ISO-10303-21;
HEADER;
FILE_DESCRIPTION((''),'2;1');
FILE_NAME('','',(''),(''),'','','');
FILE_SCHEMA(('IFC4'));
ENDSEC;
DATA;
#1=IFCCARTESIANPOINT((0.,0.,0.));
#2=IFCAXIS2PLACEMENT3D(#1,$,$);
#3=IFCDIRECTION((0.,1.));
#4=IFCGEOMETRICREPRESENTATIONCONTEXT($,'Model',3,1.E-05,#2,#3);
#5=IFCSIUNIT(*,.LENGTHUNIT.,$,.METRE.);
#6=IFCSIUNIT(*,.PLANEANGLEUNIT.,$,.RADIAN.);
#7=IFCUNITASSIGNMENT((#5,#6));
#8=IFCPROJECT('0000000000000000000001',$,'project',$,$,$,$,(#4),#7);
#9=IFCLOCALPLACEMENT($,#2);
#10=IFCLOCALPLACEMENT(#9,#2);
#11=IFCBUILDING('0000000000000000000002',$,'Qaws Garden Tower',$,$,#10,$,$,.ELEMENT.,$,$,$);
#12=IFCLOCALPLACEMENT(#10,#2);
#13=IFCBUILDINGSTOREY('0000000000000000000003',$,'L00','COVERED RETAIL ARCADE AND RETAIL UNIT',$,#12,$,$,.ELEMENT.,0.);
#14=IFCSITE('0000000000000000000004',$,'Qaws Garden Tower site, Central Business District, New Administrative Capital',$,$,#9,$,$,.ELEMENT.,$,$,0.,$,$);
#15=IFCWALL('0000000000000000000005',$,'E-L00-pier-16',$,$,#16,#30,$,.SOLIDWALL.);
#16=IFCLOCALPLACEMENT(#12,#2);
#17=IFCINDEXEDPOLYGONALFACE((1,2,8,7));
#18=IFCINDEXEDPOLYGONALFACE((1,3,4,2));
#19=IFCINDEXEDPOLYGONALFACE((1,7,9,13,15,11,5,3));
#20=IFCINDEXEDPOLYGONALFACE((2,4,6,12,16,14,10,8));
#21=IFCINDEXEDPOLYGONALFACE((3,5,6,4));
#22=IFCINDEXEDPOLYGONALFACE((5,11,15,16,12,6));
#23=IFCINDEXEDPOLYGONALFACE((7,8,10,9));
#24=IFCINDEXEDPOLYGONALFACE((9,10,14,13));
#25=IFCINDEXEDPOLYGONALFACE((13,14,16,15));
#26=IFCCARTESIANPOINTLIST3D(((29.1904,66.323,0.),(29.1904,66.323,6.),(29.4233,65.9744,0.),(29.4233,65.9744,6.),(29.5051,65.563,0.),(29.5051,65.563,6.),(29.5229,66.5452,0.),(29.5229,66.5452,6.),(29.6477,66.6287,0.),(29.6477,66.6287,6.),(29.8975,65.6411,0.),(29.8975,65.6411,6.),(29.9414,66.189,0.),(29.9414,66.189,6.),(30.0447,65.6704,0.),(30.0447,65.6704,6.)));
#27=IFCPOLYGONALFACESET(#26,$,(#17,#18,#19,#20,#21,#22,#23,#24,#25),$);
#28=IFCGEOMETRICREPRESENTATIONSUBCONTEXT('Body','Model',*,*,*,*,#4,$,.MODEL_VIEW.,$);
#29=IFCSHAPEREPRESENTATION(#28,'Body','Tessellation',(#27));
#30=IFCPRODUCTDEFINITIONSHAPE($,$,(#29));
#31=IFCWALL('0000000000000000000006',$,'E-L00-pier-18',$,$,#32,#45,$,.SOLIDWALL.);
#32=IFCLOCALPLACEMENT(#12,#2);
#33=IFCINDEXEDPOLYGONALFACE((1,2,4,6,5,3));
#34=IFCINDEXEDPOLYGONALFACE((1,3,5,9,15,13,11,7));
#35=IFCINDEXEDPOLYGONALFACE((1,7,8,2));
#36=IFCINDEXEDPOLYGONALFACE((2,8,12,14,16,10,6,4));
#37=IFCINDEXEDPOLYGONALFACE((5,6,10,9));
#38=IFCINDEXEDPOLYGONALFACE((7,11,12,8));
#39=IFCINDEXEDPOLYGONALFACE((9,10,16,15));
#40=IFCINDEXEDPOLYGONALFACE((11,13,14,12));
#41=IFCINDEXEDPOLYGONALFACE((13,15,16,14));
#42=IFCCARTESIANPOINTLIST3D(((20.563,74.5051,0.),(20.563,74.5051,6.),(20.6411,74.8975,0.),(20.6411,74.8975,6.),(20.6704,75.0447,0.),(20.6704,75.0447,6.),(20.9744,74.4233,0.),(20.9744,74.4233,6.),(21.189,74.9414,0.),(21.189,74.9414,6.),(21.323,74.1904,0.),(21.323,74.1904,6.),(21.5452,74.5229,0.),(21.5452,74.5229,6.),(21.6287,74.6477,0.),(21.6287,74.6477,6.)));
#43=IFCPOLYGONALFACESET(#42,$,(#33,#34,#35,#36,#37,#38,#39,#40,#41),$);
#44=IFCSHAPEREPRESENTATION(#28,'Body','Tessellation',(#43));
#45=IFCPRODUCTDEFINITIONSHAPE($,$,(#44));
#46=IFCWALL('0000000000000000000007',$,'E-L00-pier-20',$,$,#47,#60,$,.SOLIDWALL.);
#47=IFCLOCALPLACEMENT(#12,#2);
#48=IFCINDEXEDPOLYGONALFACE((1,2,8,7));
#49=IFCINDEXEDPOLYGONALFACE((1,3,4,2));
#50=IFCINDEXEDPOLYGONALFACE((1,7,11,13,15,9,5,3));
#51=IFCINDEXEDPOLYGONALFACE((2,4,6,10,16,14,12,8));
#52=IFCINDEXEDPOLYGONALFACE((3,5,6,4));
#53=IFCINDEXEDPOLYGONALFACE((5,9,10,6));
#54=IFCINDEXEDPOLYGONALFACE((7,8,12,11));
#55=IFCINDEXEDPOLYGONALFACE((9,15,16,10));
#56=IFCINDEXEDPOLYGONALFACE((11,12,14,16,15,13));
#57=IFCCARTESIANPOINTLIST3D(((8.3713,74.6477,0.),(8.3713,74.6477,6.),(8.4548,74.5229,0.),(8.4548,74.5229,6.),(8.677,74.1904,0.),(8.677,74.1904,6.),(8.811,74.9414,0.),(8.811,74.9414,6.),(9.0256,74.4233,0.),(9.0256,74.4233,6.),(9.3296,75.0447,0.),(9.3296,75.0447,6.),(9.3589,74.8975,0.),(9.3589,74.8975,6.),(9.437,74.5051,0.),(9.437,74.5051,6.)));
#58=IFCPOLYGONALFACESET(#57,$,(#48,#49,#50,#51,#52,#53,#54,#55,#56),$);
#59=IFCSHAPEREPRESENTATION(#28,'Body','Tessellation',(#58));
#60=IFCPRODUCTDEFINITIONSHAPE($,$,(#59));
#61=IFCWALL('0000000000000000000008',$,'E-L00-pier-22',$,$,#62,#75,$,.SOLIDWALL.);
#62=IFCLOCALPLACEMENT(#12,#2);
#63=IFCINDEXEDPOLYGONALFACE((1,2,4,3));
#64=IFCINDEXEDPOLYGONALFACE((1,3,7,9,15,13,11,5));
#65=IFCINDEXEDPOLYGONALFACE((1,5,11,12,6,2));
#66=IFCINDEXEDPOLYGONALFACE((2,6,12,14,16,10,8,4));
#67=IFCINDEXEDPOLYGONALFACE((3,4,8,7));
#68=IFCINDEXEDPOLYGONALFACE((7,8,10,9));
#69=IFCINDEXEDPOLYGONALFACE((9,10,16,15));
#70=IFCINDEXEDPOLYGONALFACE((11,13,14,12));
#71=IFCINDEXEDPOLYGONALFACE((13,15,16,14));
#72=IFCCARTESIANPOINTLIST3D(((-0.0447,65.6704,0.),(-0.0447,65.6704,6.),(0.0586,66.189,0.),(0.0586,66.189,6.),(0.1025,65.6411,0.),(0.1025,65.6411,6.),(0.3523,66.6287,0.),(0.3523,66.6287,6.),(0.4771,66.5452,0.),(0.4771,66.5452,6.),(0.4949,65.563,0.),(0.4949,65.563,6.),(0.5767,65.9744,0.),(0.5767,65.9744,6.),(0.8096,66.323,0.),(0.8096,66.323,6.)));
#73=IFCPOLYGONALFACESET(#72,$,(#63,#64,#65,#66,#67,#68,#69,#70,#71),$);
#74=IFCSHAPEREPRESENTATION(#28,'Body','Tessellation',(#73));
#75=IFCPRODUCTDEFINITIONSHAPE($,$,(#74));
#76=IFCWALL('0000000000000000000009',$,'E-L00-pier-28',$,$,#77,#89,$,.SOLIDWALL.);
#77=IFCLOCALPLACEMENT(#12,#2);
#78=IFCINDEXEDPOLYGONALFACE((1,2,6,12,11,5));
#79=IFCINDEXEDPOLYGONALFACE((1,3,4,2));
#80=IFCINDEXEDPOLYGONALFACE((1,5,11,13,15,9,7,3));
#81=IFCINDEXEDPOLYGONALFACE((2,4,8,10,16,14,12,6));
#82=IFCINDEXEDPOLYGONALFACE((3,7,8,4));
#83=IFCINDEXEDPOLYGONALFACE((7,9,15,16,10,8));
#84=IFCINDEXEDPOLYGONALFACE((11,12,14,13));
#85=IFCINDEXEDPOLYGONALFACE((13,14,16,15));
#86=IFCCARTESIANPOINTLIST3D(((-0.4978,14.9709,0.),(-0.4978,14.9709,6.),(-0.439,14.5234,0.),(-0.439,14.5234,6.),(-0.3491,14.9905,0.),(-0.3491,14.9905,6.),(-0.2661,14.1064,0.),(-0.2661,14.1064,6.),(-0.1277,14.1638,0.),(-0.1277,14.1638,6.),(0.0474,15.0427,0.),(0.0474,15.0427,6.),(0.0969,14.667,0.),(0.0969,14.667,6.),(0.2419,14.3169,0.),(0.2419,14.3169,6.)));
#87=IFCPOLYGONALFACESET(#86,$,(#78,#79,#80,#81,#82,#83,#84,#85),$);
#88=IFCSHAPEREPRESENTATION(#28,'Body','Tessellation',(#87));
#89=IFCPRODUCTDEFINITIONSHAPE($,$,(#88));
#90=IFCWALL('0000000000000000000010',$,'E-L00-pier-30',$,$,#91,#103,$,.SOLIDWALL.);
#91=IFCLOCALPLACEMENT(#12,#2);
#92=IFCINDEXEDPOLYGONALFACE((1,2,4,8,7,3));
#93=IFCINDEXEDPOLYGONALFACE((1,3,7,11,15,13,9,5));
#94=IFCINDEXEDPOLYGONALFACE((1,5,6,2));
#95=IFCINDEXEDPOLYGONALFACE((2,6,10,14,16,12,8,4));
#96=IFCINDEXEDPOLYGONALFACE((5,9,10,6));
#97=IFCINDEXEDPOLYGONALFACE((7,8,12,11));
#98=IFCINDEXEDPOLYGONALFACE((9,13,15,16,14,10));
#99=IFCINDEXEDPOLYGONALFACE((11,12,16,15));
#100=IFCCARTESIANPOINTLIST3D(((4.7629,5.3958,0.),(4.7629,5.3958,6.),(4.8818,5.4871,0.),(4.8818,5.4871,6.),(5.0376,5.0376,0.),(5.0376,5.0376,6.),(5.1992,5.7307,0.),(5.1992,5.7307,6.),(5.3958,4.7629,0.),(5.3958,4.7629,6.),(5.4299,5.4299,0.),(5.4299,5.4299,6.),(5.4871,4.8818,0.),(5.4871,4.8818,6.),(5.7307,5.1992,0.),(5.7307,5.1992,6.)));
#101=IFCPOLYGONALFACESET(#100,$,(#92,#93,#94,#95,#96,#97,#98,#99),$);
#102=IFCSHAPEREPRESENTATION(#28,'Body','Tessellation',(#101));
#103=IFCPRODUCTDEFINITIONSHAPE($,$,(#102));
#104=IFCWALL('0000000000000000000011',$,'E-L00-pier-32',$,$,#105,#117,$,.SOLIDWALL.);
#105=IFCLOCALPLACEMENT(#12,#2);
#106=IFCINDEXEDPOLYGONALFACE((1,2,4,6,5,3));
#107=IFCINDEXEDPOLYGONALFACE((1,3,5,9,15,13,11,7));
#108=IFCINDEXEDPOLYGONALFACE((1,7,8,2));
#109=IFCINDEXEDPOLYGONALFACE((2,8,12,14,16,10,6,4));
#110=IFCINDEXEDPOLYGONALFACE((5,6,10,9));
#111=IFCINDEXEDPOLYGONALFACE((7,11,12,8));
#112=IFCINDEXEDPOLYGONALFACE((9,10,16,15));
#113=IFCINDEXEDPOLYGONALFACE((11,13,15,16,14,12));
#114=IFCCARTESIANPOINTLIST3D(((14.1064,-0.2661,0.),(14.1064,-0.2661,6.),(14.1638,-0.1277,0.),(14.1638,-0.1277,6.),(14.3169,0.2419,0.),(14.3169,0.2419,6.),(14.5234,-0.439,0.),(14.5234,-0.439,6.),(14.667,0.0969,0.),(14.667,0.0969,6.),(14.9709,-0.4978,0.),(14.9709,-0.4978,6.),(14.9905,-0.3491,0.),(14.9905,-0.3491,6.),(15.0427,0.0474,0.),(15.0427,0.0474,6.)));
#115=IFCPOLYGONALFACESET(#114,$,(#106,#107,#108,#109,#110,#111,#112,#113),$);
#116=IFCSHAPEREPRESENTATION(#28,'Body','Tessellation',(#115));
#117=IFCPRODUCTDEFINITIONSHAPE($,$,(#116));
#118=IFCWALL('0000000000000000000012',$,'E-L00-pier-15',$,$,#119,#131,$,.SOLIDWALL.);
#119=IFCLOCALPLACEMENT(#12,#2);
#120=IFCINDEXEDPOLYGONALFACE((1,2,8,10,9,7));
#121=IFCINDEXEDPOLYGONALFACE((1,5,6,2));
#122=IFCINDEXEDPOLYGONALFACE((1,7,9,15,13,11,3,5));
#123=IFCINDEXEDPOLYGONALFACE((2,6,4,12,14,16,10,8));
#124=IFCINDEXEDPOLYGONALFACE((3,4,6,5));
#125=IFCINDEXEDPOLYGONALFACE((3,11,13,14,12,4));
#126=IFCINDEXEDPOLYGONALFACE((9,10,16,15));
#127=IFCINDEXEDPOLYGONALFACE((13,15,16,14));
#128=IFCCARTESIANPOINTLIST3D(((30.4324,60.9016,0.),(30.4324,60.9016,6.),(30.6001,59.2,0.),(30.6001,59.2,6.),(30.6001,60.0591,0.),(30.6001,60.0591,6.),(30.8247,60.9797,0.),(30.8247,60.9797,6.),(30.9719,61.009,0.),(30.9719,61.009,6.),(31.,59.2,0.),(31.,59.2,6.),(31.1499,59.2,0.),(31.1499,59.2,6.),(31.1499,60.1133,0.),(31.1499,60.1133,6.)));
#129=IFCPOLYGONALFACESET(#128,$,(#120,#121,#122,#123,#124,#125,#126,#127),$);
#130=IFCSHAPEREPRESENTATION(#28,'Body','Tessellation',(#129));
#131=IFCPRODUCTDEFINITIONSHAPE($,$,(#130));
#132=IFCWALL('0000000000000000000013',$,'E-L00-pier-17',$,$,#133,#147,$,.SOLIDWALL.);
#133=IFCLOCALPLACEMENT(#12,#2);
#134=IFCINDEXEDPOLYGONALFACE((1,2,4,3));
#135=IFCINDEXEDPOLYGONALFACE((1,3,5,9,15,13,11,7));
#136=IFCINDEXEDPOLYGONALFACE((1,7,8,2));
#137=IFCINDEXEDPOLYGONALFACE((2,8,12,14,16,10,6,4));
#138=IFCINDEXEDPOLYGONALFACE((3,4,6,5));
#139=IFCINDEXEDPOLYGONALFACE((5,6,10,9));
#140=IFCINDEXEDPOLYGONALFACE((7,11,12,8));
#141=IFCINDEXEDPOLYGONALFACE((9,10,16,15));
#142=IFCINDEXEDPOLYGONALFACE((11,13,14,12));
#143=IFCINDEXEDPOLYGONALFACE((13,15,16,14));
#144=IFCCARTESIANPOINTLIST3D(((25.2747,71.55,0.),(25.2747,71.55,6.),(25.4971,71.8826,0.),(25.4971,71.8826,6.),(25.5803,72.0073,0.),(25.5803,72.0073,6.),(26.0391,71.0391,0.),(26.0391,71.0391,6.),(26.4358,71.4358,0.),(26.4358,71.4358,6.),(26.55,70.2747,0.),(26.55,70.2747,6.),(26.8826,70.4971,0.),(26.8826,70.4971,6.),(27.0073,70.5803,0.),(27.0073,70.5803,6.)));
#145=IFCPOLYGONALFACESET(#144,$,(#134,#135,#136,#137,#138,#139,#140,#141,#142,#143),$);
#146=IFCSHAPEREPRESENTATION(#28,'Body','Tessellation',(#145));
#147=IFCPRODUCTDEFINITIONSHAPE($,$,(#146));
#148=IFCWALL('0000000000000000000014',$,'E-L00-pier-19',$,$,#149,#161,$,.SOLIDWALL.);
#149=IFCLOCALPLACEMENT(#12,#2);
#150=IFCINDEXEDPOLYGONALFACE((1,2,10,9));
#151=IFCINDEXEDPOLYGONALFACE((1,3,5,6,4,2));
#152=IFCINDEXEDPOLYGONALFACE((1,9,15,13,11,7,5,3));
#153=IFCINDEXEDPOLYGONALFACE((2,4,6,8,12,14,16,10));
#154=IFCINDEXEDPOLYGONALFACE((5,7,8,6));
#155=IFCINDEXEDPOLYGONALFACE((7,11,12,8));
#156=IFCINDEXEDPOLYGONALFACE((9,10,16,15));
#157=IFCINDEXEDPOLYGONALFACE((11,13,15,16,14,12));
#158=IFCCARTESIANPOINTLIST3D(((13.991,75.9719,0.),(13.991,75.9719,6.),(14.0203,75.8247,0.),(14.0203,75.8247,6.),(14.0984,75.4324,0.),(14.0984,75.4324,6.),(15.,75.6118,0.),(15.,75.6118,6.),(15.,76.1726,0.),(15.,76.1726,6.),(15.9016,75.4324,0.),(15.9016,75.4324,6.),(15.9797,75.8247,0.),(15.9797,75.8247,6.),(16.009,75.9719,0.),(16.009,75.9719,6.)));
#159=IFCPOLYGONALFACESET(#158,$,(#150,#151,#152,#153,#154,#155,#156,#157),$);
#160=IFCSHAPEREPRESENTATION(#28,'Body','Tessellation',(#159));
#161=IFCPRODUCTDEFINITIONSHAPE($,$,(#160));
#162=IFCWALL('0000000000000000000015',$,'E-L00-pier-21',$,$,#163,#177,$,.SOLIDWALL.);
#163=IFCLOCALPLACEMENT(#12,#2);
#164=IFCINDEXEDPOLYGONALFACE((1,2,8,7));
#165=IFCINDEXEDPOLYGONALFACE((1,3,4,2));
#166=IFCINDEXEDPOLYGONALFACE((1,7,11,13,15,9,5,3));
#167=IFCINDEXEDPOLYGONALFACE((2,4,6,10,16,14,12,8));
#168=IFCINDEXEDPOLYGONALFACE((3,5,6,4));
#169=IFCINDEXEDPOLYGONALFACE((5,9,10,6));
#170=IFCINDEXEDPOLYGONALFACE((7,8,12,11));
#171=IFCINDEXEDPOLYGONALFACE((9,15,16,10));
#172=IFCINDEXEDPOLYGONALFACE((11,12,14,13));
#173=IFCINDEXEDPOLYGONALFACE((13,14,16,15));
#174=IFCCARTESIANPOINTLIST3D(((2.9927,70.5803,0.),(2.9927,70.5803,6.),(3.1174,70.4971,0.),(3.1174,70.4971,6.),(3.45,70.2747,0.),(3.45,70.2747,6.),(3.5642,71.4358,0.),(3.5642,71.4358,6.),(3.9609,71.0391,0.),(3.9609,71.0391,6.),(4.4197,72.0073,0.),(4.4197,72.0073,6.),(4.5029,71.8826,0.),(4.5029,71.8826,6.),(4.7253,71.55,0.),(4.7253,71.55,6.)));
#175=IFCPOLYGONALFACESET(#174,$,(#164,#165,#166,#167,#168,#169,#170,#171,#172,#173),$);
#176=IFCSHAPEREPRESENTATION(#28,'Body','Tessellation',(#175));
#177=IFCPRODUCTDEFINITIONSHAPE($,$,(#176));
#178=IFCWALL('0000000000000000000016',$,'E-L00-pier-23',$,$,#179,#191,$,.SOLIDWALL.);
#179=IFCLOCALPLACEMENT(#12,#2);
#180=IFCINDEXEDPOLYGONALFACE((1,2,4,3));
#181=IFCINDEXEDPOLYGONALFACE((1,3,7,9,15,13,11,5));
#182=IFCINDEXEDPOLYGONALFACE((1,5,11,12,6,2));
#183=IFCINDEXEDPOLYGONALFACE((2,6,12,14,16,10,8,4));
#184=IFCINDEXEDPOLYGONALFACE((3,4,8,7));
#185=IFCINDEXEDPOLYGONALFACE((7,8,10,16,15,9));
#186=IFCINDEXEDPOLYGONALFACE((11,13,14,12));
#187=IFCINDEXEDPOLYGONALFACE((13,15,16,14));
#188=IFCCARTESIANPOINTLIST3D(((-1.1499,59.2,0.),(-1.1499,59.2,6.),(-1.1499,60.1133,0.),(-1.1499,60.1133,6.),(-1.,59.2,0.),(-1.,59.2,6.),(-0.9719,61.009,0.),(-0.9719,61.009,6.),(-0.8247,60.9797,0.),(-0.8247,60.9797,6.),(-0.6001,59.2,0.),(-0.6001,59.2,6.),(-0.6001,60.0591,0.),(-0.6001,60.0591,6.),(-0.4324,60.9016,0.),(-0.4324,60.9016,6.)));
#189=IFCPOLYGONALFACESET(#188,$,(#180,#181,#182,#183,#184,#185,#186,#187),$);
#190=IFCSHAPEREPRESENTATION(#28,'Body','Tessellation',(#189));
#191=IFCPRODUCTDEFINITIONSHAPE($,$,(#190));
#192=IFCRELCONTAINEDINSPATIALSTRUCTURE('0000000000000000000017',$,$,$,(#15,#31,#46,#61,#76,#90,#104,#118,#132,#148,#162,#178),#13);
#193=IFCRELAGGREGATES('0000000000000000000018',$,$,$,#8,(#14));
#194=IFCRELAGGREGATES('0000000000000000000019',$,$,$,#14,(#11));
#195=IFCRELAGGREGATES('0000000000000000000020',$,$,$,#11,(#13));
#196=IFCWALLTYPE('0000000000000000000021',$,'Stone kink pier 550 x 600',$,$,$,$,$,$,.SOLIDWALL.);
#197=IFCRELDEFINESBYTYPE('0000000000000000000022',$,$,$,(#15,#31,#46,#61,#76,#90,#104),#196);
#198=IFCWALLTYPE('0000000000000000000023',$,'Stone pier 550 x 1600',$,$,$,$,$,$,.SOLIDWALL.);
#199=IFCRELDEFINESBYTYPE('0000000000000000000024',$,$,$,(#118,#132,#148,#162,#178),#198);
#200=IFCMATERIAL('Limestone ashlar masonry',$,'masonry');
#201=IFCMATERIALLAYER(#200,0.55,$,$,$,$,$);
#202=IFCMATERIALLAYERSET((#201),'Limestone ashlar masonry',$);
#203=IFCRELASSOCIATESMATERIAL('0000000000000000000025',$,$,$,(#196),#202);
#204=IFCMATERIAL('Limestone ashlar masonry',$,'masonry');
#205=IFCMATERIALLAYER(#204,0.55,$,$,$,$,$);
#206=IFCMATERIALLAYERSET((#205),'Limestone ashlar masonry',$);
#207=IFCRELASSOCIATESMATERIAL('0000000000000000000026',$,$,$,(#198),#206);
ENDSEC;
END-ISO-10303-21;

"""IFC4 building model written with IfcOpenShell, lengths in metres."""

from ifc_helpers import new_model, si_unit, direction, origin, place, context, subcontext, project, spatial, polyline, outline, extrude, material, layer, layer_set, type_object, element, save


model = new_model("IFC4")

# Units and contexts
model_context = context("Model", 3, precision=1e-05, world=origin(), true_north=direction((0.0, 1.0)))
body_context = subcontext(model_context, "Body", "Model", "MODEL_VIEW")
ifc_project = project(units=[si_unit("LENGTHUNIT", "METRE"), si_unit("PLANEANGLEUNIT", "RADIAN")], contexts=[model_context])

# Site, building, storey
site_placement = place(None, origin())
site = spatial("IfcSite", under=ifc_project, at=site_placement, Name="Qaws Garden Tower site, Central Business District, New Administrative Capital", CompositionType="ELEMENT", RefElevation=0.0)
building_placement = place(site_placement, origin())
building = spatial("IfcBuilding", under=site, at=building_placement, Name="Qaws Garden Tower", CompositionType="ELEMENT")
storey_placement = place(building_placement, origin())
storey = spatial("IfcBuildingStorey", under=building, at=storey_placement, Name="L00", Description="COVERED RETAIL ARCADE AND RETAIL UNIT", CompositionType="ELEMENT", Elevation=0.0)

# Shared definitions
placement_1 = place(storey_placement, origin())

# Walls
ifc_material_1 = material(Name="Limestone ashlar masonry", Category="masonry")
ifc_layer_1 = layer(ifc_material_1, 0.55)
ifc_layer_set_1 = layer_set([ifc_layer_1], Name="Limestone ashlar masonry")
wall_type_1 = type_object("IfcWallType", Name="Stone kink pier 550 x 600", PredefinedType="SOLIDWALL", material=ifc_layer_set_1)
element("IfcWall", 1, at=placement_1, inside=storey, type_object=wall_type_1, Name="E-L00-pier-16", PredefinedType="SOLIDWALL", context=body_context, shape_type="SweptSolid", body=[
    extrude(outline(polyline([(29.8975, 65.6411), (30.0447, 65.6704), (29.9414, 66.189), (29.6477, 66.6287), (29.5229, 66.5452), (29.1904, 66.323), (29.4233, 65.9744), (29.5051, 65.563), (29.8975, 65.6411)])), origin(), (0.0, 0.0, 1.0), 6.0),
])
element("IfcWall", 2, at=placement_1, inside=storey, type_object=wall_type_1, Name="E-L00-pier-18", PredefinedType="SOLIDWALL", context=body_context, shape_type="SweptSolid", body=[
    extrude(outline(polyline([(21.5452, 74.5229), (21.6287, 74.6477), (21.189, 74.9414), (20.6704, 75.0447), (20.6411, 74.8975), (20.563, 74.5051), (20.9744, 74.4233), (21.323, 74.1904), (21.5452, 74.5229)])), origin(), (0.0, 0.0, 1.0), 6.0),
])
element("IfcWall", 3, at=placement_1, inside=storey, type_object=wall_type_1, Name="E-L00-pier-20", PredefinedType="SOLIDWALL", context=body_context, shape_type="SweptSolid", body=[
    extrude(outline(polyline([(9.3589, 74.8975), (9.3296, 75.0447), (8.811, 74.9414), (8.3713, 74.6477), (8.4548, 74.5229), (8.677, 74.1904), (9.0256, 74.4233), (9.437, 74.5051), (9.3589, 74.8975)])), origin(), (0.0, 0.0, 1.0), 6.0),
])
element("IfcWall", 4, at=placement_1, inside=storey, type_object=wall_type_1, Name="E-L00-pier-22", PredefinedType="SOLIDWALL", context=body_context, shape_type="SweptSolid", body=[
    extrude(outline(polyline([(0.4771, 66.5452), (0.3523, 66.6287), (0.0586, 66.189), (-0.0447, 65.6704), (0.1025, 65.6411), (0.4949, 65.563), (0.5767, 65.9744), (0.8096, 66.323), (0.4771, 66.5452)])), origin(), (0.0, 0.0, 1.0), 6.0),
])
element("IfcWall", 5, at=placement_1, inside=storey, type_object=wall_type_1, Name="E-L00-pier-28", PredefinedType="SOLIDWALL", context=body_context, shape_type="SweptSolid", body=[
    extrude(outline(polyline([(-0.3491, 14.9905), (-0.4978, 14.9709), (-0.439, 14.5234), (-0.2661, 14.1064), (-0.1277, 14.1638), (0.2419, 14.3169), (0.0969, 14.667), (0.0474, 15.0427), (-0.3491, 14.9905)])), origin(), (0.0, 0.0, 1.0), 6.0),
])
element("IfcWall", 6, at=placement_1, inside=storey, type_object=wall_type_1, Name="E-L00-pier-30", PredefinedType="SOLIDWALL", context=body_context, shape_type="SweptSolid", body=[
    extrude(outline(polyline([(4.8818, 5.4871), (4.7629, 5.3958), (5.0376, 5.0376), (5.3958, 4.7629), (5.4871, 4.8818), (5.7307, 5.1992), (5.4299, 5.4299), (5.1992, 5.7307), (4.8818, 5.4871)])), origin(), (0.0, 0.0, 1.0), 6.0),
])
element("IfcWall", 7, at=placement_1, inside=storey, type_object=wall_type_1, Name="E-L00-pier-32", PredefinedType="SOLIDWALL", context=body_context, shape_type="SweptSolid", body=[
    extrude(outline(polyline([(14.1638, -0.1277), (14.1064, -0.2661), (14.5234, -0.439), (14.9709, -0.4978), (14.9905, -0.3491), (15.0427, 0.0474), (14.667, 0.0969), (14.3169, 0.2419), (14.1638, -0.1277)])), origin(), (0.0, 0.0, 1.0), 6.0),
])
ifc_material_2 = material(Name="Limestone ashlar masonry", Category="masonry")
ifc_layer_2 = layer(ifc_material_2, 0.55)
ifc_layer_set_2 = layer_set([ifc_layer_2], Name="Limestone ashlar masonry")
wall_type_2 = type_object("IfcWallType", Name="Stone pier 550 x 1600", PredefinedType="SOLIDWALL", material=ifc_layer_set_2)
element("IfcWall", 8, at=placement_1, inside=storey, type_object=wall_type_2, Name="E-L00-pier-15", PredefinedType="SOLIDWALL", context=body_context, shape_type="SweptSolid", body=[
    extrude(outline(polyline([(31.0, 59.2), (31.1499, 59.2), (31.1499, 60.1133), (30.9719, 61.009), (30.8247, 60.9797), (30.4324, 60.9016), (30.6001, 60.0591), (30.6001, 59.2), (31.0, 59.2)])), origin(), (0.0, 0.0, 1.0), 6.0),
])
element("IfcWall", 9, at=placement_1, inside=storey, type_object=wall_type_2, Name="E-L00-pier-17", PredefinedType="SOLIDWALL", context=body_context, shape_type="SweptSolid", body=[
    extrude(outline(polyline([(26.8826, 70.4971), (27.0073, 70.5803), (26.4358, 71.4358), (25.5803, 72.0073), (25.4971, 71.8826), (25.2747, 71.55), (26.0391, 71.0391), (26.55, 70.2747), (26.8826, 70.4971)])), origin(), (0.0, 0.0, 1.0), 6.0),
])
element("IfcWall", 10, at=placement_1, inside=storey, type_object=wall_type_2, Name="E-L00-pier-19", PredefinedType="SOLIDWALL", context=body_context, shape_type="SweptSolid", body=[
    extrude(outline(polyline([(15.9797, 75.8247), (16.009, 75.9719), (15.0, 76.1726), (13.991, 75.9719), (14.0203, 75.8247), (14.0984, 75.4324), (15.0, 75.6118), (15.9016, 75.4324), (15.9797, 75.8247)])), origin(), (0.0, 0.0, 1.0), 6.0),
])
element("IfcWall", 11, at=placement_1, inside=storey, type_object=wall_type_2, Name="E-L00-pier-21", PredefinedType="SOLIDWALL", context=body_context, shape_type="SweptSolid", body=[
    extrude(outline(polyline([(4.5029, 71.8826), (4.4197, 72.0073), (3.5642, 71.4358), (2.9927, 70.5803), (3.1174, 70.4971), (3.45, 70.2747), (3.9609, 71.0391), (4.7253, 71.55), (4.5029, 71.8826)])), origin(), (0.0, 0.0, 1.0), 6.0),
])
element("IfcWall", 12, at=placement_1, inside=storey, type_object=wall_type_2, Name="E-L00-pier-23", PredefinedType="SOLIDWALL", context=body_context, shape_type="SweptSolid", body=[
    extrude(outline(polyline([(-0.8247, 60.9797), (-0.9719, 61.009), (-1.1499, 60.1133), (-1.1499, 59.2), (-1.0, 59.2), (-0.6001, 59.2), (-0.6001, 60.0591), (-0.4324, 60.9016), (-0.8247, 60.9797)])), origin(), (0.0, 0.0, 1.0), 6.0),
])

save(model, "model.ifc")
